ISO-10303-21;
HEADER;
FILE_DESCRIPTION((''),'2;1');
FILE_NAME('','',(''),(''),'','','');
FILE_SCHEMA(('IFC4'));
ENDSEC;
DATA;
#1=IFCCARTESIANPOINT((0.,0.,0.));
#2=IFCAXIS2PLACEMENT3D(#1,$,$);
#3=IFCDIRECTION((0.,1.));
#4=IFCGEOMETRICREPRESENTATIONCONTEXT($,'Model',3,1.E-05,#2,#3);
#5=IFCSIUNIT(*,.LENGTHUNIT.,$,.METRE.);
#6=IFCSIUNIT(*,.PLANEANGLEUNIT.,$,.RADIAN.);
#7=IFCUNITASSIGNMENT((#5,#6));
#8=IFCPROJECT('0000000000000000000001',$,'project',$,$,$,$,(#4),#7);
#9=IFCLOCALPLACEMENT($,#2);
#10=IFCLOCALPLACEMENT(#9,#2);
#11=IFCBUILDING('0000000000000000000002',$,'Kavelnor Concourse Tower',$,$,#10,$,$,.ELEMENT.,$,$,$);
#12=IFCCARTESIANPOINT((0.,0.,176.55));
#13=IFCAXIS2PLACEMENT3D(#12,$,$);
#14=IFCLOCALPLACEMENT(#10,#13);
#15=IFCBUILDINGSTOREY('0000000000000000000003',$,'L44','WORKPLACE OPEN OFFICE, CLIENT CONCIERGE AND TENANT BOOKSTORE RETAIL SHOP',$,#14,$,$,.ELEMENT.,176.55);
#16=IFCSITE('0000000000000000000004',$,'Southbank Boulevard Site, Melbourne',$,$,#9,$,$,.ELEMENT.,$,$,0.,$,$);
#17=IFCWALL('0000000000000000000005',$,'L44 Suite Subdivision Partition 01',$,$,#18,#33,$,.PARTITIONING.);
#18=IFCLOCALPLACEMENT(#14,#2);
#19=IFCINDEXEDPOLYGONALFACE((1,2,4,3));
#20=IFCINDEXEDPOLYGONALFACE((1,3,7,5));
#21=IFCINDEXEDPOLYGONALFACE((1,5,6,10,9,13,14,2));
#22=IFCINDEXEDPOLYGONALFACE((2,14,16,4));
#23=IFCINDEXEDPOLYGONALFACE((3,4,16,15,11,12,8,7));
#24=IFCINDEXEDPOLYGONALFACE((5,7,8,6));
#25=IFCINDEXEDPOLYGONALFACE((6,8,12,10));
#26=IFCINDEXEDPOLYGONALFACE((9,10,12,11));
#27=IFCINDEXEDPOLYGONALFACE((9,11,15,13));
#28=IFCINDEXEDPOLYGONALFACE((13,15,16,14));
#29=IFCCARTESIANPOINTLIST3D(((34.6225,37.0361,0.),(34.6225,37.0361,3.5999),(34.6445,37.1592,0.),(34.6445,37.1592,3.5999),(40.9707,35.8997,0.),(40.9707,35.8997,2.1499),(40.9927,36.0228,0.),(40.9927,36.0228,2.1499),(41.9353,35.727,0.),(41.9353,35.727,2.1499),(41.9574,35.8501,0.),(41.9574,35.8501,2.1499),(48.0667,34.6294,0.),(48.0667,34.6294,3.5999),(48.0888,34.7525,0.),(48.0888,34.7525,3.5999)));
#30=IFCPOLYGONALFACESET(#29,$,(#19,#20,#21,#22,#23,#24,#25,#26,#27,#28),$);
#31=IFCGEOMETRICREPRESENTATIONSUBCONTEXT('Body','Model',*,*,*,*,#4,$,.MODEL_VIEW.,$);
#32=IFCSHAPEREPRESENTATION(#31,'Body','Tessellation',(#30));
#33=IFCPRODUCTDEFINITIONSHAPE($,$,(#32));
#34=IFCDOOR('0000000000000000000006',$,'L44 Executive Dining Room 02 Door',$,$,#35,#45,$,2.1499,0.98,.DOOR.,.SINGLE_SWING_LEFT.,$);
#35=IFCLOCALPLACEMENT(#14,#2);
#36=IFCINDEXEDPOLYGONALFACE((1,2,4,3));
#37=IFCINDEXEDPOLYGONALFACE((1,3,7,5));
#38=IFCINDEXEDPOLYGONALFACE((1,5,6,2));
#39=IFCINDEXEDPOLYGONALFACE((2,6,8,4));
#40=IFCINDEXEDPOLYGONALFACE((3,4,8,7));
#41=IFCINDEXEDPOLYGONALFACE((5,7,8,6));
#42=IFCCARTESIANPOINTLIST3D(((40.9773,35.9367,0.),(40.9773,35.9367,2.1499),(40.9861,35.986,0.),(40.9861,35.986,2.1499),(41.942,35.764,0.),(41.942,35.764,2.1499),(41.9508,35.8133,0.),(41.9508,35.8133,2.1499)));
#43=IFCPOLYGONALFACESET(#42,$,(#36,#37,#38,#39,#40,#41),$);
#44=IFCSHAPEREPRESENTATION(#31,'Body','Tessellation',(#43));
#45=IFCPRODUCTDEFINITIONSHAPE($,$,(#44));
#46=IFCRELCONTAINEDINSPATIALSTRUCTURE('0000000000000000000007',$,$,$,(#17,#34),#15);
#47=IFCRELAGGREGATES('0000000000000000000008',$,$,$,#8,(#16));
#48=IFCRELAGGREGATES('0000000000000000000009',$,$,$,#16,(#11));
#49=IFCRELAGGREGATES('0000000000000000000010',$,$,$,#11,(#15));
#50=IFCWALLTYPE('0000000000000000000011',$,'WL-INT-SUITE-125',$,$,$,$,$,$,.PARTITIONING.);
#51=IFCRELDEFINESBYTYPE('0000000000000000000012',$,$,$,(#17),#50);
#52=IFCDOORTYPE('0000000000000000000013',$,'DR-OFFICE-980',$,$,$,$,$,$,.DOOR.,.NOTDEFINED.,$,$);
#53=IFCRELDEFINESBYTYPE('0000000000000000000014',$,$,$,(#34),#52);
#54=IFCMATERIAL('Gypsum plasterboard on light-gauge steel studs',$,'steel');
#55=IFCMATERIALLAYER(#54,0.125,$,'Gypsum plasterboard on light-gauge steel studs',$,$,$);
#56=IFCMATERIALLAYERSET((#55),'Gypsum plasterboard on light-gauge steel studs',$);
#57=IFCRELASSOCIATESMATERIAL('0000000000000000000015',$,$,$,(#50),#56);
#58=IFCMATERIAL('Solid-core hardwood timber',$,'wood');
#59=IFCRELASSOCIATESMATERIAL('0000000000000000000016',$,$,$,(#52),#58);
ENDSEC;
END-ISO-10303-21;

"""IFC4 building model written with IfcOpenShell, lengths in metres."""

from ifc_helpers import new_model, si_unit, direction, frame, frame_2d, origin, place, context, subcontext, project, spatial, rectangle, extrude, material, layer, layer_set, type_object, element, fill, save


model = new_model("IFC4")

# Units and contexts
model_context = context("Model", 3, precision=1e-05, world=origin(), true_north=direction((0.0, 1.0)))
body_context = subcontext(model_context, "Body", "Model", "MODEL_VIEW")
ifc_project = project(units=[si_unit("LENGTHUNIT", "METRE"), si_unit("PLANEANGLEUNIT", "RADIAN")], contexts=[model_context])

# Site, building, storey
site_placement = place(None, origin())
site = spatial("IfcSite", under=ifc_project, at=site_placement, Name="Southbank Boulevard Site, Melbourne", CompositionType="ELEMENT", RefElevation=0.0)
building_placement = place(site_placement, origin())
building = spatial("IfcBuilding", under=site, at=building_placement, Name="Kavelnor Concourse Tower", CompositionType="ELEMENT")
storey_placement = place(building_placement, frame((0.0, 0.0, 176.55)))
storey = spatial("IfcBuildingStorey", under=building, at=storey_placement, Name="L44", Description="WORKPLACE OPEN OFFICE, CLIENT CONCIERGE AND TENANT BOOKSTORE RETAIL SHOP", CompositionType="ELEMENT", Elevation=176.55)

# Shared definitions
ifc_material_1 = material(Name="Gypsum plasterboard on light-gauge steel studs", Category="steel")

# Wall, opening, door
ifc_layer_1 = layer(ifc_material_1, 0.125, Name="Gypsum plasterboard on light-gauge steel studs")
ifc_layer_set_1 = layer_set([ifc_layer_1], Name="Gypsum plasterboard on light-gauge steel studs")
wall_type_1 = type_object("IfcWallType", Name="WL-INT-SUITE-125", PredefinedType="PARTITIONING", material=ifc_layer_set_1)
wall_1_placement = place(storey_placement, frame((48.0779, 34.6909, 0.0), z_axis=(0.0, 0.0, 1.0), x_axis=(-0.984352, 0.176214, 0.0)))
wall_1 = element("IfcWall", 1, at=wall_1_placement, inside=storey, type_object=wall_type_1, Name="L44 Suite Subdivision Partition 01", PredefinedType="PARTITIONING", context=body_context, shape_type="SweptSolid", body=[
    extrude(rectangle(XDim=13.658, YDim=0.125, at=frame_2d((6.8291, 0.0))), origin(), (0.0, 0.0, 1.0), 3.5999),
])
opening_1_placement = place(wall_1_placement, frame((6.229, 0.0, 0.0)))
opening_1 = element("IfcOpeningElement", 2, at=opening_1_placement, cuts=wall_1, PredefinedType="OPENING", context=body_context, shape_type="SweptSolid", body=[
    extrude(rectangle(XDim=0.98, YDim=2.1499, at=frame_2d((0.49, 1.075))), frame((0.0, 0.0725, 0.0), z_axis=(0.0, -1.0, 0.0), x_axis=(1.0, 0.0, 0.0)), (0.0, 0.0, 1.0), 0.145),
])
ifc_material_2 = material(Name="Solid-core hardwood timber", Category="wood")
door_type_1 = type_object("IfcDoorType", Name="DR-OFFICE-980", OperationType="NOTDEFINED", PredefinedType="DOOR", material=ifc_material_2)
door_1_placement = place(opening_1_placement, origin())
door_1 = element("IfcDoor", 3, at=door_1_placement, inside=storey, type_object=door_type_1, Name="L44 Executive Dining Room 02 Door", OperationType="SINGLE_SWING_LEFT", OverallHeight=2.1499, OverallWidth=0.98, PredefinedType="DOOR", context=body_context, shape_type="SweptSolid", body=[
    extrude(rectangle(XDim=0.98, YDim=2.1499, at=frame_2d((0.49, 1.075))), frame((0.0, 0.0249, 0.0), z_axis=(0.0, -1.0, 0.0), x_axis=(1.0, 0.0, 0.0)), (0.0, 0.0, 1.0), 0.05),
])
fill(opening_1, door_1)

save(model, "model.ifc")
